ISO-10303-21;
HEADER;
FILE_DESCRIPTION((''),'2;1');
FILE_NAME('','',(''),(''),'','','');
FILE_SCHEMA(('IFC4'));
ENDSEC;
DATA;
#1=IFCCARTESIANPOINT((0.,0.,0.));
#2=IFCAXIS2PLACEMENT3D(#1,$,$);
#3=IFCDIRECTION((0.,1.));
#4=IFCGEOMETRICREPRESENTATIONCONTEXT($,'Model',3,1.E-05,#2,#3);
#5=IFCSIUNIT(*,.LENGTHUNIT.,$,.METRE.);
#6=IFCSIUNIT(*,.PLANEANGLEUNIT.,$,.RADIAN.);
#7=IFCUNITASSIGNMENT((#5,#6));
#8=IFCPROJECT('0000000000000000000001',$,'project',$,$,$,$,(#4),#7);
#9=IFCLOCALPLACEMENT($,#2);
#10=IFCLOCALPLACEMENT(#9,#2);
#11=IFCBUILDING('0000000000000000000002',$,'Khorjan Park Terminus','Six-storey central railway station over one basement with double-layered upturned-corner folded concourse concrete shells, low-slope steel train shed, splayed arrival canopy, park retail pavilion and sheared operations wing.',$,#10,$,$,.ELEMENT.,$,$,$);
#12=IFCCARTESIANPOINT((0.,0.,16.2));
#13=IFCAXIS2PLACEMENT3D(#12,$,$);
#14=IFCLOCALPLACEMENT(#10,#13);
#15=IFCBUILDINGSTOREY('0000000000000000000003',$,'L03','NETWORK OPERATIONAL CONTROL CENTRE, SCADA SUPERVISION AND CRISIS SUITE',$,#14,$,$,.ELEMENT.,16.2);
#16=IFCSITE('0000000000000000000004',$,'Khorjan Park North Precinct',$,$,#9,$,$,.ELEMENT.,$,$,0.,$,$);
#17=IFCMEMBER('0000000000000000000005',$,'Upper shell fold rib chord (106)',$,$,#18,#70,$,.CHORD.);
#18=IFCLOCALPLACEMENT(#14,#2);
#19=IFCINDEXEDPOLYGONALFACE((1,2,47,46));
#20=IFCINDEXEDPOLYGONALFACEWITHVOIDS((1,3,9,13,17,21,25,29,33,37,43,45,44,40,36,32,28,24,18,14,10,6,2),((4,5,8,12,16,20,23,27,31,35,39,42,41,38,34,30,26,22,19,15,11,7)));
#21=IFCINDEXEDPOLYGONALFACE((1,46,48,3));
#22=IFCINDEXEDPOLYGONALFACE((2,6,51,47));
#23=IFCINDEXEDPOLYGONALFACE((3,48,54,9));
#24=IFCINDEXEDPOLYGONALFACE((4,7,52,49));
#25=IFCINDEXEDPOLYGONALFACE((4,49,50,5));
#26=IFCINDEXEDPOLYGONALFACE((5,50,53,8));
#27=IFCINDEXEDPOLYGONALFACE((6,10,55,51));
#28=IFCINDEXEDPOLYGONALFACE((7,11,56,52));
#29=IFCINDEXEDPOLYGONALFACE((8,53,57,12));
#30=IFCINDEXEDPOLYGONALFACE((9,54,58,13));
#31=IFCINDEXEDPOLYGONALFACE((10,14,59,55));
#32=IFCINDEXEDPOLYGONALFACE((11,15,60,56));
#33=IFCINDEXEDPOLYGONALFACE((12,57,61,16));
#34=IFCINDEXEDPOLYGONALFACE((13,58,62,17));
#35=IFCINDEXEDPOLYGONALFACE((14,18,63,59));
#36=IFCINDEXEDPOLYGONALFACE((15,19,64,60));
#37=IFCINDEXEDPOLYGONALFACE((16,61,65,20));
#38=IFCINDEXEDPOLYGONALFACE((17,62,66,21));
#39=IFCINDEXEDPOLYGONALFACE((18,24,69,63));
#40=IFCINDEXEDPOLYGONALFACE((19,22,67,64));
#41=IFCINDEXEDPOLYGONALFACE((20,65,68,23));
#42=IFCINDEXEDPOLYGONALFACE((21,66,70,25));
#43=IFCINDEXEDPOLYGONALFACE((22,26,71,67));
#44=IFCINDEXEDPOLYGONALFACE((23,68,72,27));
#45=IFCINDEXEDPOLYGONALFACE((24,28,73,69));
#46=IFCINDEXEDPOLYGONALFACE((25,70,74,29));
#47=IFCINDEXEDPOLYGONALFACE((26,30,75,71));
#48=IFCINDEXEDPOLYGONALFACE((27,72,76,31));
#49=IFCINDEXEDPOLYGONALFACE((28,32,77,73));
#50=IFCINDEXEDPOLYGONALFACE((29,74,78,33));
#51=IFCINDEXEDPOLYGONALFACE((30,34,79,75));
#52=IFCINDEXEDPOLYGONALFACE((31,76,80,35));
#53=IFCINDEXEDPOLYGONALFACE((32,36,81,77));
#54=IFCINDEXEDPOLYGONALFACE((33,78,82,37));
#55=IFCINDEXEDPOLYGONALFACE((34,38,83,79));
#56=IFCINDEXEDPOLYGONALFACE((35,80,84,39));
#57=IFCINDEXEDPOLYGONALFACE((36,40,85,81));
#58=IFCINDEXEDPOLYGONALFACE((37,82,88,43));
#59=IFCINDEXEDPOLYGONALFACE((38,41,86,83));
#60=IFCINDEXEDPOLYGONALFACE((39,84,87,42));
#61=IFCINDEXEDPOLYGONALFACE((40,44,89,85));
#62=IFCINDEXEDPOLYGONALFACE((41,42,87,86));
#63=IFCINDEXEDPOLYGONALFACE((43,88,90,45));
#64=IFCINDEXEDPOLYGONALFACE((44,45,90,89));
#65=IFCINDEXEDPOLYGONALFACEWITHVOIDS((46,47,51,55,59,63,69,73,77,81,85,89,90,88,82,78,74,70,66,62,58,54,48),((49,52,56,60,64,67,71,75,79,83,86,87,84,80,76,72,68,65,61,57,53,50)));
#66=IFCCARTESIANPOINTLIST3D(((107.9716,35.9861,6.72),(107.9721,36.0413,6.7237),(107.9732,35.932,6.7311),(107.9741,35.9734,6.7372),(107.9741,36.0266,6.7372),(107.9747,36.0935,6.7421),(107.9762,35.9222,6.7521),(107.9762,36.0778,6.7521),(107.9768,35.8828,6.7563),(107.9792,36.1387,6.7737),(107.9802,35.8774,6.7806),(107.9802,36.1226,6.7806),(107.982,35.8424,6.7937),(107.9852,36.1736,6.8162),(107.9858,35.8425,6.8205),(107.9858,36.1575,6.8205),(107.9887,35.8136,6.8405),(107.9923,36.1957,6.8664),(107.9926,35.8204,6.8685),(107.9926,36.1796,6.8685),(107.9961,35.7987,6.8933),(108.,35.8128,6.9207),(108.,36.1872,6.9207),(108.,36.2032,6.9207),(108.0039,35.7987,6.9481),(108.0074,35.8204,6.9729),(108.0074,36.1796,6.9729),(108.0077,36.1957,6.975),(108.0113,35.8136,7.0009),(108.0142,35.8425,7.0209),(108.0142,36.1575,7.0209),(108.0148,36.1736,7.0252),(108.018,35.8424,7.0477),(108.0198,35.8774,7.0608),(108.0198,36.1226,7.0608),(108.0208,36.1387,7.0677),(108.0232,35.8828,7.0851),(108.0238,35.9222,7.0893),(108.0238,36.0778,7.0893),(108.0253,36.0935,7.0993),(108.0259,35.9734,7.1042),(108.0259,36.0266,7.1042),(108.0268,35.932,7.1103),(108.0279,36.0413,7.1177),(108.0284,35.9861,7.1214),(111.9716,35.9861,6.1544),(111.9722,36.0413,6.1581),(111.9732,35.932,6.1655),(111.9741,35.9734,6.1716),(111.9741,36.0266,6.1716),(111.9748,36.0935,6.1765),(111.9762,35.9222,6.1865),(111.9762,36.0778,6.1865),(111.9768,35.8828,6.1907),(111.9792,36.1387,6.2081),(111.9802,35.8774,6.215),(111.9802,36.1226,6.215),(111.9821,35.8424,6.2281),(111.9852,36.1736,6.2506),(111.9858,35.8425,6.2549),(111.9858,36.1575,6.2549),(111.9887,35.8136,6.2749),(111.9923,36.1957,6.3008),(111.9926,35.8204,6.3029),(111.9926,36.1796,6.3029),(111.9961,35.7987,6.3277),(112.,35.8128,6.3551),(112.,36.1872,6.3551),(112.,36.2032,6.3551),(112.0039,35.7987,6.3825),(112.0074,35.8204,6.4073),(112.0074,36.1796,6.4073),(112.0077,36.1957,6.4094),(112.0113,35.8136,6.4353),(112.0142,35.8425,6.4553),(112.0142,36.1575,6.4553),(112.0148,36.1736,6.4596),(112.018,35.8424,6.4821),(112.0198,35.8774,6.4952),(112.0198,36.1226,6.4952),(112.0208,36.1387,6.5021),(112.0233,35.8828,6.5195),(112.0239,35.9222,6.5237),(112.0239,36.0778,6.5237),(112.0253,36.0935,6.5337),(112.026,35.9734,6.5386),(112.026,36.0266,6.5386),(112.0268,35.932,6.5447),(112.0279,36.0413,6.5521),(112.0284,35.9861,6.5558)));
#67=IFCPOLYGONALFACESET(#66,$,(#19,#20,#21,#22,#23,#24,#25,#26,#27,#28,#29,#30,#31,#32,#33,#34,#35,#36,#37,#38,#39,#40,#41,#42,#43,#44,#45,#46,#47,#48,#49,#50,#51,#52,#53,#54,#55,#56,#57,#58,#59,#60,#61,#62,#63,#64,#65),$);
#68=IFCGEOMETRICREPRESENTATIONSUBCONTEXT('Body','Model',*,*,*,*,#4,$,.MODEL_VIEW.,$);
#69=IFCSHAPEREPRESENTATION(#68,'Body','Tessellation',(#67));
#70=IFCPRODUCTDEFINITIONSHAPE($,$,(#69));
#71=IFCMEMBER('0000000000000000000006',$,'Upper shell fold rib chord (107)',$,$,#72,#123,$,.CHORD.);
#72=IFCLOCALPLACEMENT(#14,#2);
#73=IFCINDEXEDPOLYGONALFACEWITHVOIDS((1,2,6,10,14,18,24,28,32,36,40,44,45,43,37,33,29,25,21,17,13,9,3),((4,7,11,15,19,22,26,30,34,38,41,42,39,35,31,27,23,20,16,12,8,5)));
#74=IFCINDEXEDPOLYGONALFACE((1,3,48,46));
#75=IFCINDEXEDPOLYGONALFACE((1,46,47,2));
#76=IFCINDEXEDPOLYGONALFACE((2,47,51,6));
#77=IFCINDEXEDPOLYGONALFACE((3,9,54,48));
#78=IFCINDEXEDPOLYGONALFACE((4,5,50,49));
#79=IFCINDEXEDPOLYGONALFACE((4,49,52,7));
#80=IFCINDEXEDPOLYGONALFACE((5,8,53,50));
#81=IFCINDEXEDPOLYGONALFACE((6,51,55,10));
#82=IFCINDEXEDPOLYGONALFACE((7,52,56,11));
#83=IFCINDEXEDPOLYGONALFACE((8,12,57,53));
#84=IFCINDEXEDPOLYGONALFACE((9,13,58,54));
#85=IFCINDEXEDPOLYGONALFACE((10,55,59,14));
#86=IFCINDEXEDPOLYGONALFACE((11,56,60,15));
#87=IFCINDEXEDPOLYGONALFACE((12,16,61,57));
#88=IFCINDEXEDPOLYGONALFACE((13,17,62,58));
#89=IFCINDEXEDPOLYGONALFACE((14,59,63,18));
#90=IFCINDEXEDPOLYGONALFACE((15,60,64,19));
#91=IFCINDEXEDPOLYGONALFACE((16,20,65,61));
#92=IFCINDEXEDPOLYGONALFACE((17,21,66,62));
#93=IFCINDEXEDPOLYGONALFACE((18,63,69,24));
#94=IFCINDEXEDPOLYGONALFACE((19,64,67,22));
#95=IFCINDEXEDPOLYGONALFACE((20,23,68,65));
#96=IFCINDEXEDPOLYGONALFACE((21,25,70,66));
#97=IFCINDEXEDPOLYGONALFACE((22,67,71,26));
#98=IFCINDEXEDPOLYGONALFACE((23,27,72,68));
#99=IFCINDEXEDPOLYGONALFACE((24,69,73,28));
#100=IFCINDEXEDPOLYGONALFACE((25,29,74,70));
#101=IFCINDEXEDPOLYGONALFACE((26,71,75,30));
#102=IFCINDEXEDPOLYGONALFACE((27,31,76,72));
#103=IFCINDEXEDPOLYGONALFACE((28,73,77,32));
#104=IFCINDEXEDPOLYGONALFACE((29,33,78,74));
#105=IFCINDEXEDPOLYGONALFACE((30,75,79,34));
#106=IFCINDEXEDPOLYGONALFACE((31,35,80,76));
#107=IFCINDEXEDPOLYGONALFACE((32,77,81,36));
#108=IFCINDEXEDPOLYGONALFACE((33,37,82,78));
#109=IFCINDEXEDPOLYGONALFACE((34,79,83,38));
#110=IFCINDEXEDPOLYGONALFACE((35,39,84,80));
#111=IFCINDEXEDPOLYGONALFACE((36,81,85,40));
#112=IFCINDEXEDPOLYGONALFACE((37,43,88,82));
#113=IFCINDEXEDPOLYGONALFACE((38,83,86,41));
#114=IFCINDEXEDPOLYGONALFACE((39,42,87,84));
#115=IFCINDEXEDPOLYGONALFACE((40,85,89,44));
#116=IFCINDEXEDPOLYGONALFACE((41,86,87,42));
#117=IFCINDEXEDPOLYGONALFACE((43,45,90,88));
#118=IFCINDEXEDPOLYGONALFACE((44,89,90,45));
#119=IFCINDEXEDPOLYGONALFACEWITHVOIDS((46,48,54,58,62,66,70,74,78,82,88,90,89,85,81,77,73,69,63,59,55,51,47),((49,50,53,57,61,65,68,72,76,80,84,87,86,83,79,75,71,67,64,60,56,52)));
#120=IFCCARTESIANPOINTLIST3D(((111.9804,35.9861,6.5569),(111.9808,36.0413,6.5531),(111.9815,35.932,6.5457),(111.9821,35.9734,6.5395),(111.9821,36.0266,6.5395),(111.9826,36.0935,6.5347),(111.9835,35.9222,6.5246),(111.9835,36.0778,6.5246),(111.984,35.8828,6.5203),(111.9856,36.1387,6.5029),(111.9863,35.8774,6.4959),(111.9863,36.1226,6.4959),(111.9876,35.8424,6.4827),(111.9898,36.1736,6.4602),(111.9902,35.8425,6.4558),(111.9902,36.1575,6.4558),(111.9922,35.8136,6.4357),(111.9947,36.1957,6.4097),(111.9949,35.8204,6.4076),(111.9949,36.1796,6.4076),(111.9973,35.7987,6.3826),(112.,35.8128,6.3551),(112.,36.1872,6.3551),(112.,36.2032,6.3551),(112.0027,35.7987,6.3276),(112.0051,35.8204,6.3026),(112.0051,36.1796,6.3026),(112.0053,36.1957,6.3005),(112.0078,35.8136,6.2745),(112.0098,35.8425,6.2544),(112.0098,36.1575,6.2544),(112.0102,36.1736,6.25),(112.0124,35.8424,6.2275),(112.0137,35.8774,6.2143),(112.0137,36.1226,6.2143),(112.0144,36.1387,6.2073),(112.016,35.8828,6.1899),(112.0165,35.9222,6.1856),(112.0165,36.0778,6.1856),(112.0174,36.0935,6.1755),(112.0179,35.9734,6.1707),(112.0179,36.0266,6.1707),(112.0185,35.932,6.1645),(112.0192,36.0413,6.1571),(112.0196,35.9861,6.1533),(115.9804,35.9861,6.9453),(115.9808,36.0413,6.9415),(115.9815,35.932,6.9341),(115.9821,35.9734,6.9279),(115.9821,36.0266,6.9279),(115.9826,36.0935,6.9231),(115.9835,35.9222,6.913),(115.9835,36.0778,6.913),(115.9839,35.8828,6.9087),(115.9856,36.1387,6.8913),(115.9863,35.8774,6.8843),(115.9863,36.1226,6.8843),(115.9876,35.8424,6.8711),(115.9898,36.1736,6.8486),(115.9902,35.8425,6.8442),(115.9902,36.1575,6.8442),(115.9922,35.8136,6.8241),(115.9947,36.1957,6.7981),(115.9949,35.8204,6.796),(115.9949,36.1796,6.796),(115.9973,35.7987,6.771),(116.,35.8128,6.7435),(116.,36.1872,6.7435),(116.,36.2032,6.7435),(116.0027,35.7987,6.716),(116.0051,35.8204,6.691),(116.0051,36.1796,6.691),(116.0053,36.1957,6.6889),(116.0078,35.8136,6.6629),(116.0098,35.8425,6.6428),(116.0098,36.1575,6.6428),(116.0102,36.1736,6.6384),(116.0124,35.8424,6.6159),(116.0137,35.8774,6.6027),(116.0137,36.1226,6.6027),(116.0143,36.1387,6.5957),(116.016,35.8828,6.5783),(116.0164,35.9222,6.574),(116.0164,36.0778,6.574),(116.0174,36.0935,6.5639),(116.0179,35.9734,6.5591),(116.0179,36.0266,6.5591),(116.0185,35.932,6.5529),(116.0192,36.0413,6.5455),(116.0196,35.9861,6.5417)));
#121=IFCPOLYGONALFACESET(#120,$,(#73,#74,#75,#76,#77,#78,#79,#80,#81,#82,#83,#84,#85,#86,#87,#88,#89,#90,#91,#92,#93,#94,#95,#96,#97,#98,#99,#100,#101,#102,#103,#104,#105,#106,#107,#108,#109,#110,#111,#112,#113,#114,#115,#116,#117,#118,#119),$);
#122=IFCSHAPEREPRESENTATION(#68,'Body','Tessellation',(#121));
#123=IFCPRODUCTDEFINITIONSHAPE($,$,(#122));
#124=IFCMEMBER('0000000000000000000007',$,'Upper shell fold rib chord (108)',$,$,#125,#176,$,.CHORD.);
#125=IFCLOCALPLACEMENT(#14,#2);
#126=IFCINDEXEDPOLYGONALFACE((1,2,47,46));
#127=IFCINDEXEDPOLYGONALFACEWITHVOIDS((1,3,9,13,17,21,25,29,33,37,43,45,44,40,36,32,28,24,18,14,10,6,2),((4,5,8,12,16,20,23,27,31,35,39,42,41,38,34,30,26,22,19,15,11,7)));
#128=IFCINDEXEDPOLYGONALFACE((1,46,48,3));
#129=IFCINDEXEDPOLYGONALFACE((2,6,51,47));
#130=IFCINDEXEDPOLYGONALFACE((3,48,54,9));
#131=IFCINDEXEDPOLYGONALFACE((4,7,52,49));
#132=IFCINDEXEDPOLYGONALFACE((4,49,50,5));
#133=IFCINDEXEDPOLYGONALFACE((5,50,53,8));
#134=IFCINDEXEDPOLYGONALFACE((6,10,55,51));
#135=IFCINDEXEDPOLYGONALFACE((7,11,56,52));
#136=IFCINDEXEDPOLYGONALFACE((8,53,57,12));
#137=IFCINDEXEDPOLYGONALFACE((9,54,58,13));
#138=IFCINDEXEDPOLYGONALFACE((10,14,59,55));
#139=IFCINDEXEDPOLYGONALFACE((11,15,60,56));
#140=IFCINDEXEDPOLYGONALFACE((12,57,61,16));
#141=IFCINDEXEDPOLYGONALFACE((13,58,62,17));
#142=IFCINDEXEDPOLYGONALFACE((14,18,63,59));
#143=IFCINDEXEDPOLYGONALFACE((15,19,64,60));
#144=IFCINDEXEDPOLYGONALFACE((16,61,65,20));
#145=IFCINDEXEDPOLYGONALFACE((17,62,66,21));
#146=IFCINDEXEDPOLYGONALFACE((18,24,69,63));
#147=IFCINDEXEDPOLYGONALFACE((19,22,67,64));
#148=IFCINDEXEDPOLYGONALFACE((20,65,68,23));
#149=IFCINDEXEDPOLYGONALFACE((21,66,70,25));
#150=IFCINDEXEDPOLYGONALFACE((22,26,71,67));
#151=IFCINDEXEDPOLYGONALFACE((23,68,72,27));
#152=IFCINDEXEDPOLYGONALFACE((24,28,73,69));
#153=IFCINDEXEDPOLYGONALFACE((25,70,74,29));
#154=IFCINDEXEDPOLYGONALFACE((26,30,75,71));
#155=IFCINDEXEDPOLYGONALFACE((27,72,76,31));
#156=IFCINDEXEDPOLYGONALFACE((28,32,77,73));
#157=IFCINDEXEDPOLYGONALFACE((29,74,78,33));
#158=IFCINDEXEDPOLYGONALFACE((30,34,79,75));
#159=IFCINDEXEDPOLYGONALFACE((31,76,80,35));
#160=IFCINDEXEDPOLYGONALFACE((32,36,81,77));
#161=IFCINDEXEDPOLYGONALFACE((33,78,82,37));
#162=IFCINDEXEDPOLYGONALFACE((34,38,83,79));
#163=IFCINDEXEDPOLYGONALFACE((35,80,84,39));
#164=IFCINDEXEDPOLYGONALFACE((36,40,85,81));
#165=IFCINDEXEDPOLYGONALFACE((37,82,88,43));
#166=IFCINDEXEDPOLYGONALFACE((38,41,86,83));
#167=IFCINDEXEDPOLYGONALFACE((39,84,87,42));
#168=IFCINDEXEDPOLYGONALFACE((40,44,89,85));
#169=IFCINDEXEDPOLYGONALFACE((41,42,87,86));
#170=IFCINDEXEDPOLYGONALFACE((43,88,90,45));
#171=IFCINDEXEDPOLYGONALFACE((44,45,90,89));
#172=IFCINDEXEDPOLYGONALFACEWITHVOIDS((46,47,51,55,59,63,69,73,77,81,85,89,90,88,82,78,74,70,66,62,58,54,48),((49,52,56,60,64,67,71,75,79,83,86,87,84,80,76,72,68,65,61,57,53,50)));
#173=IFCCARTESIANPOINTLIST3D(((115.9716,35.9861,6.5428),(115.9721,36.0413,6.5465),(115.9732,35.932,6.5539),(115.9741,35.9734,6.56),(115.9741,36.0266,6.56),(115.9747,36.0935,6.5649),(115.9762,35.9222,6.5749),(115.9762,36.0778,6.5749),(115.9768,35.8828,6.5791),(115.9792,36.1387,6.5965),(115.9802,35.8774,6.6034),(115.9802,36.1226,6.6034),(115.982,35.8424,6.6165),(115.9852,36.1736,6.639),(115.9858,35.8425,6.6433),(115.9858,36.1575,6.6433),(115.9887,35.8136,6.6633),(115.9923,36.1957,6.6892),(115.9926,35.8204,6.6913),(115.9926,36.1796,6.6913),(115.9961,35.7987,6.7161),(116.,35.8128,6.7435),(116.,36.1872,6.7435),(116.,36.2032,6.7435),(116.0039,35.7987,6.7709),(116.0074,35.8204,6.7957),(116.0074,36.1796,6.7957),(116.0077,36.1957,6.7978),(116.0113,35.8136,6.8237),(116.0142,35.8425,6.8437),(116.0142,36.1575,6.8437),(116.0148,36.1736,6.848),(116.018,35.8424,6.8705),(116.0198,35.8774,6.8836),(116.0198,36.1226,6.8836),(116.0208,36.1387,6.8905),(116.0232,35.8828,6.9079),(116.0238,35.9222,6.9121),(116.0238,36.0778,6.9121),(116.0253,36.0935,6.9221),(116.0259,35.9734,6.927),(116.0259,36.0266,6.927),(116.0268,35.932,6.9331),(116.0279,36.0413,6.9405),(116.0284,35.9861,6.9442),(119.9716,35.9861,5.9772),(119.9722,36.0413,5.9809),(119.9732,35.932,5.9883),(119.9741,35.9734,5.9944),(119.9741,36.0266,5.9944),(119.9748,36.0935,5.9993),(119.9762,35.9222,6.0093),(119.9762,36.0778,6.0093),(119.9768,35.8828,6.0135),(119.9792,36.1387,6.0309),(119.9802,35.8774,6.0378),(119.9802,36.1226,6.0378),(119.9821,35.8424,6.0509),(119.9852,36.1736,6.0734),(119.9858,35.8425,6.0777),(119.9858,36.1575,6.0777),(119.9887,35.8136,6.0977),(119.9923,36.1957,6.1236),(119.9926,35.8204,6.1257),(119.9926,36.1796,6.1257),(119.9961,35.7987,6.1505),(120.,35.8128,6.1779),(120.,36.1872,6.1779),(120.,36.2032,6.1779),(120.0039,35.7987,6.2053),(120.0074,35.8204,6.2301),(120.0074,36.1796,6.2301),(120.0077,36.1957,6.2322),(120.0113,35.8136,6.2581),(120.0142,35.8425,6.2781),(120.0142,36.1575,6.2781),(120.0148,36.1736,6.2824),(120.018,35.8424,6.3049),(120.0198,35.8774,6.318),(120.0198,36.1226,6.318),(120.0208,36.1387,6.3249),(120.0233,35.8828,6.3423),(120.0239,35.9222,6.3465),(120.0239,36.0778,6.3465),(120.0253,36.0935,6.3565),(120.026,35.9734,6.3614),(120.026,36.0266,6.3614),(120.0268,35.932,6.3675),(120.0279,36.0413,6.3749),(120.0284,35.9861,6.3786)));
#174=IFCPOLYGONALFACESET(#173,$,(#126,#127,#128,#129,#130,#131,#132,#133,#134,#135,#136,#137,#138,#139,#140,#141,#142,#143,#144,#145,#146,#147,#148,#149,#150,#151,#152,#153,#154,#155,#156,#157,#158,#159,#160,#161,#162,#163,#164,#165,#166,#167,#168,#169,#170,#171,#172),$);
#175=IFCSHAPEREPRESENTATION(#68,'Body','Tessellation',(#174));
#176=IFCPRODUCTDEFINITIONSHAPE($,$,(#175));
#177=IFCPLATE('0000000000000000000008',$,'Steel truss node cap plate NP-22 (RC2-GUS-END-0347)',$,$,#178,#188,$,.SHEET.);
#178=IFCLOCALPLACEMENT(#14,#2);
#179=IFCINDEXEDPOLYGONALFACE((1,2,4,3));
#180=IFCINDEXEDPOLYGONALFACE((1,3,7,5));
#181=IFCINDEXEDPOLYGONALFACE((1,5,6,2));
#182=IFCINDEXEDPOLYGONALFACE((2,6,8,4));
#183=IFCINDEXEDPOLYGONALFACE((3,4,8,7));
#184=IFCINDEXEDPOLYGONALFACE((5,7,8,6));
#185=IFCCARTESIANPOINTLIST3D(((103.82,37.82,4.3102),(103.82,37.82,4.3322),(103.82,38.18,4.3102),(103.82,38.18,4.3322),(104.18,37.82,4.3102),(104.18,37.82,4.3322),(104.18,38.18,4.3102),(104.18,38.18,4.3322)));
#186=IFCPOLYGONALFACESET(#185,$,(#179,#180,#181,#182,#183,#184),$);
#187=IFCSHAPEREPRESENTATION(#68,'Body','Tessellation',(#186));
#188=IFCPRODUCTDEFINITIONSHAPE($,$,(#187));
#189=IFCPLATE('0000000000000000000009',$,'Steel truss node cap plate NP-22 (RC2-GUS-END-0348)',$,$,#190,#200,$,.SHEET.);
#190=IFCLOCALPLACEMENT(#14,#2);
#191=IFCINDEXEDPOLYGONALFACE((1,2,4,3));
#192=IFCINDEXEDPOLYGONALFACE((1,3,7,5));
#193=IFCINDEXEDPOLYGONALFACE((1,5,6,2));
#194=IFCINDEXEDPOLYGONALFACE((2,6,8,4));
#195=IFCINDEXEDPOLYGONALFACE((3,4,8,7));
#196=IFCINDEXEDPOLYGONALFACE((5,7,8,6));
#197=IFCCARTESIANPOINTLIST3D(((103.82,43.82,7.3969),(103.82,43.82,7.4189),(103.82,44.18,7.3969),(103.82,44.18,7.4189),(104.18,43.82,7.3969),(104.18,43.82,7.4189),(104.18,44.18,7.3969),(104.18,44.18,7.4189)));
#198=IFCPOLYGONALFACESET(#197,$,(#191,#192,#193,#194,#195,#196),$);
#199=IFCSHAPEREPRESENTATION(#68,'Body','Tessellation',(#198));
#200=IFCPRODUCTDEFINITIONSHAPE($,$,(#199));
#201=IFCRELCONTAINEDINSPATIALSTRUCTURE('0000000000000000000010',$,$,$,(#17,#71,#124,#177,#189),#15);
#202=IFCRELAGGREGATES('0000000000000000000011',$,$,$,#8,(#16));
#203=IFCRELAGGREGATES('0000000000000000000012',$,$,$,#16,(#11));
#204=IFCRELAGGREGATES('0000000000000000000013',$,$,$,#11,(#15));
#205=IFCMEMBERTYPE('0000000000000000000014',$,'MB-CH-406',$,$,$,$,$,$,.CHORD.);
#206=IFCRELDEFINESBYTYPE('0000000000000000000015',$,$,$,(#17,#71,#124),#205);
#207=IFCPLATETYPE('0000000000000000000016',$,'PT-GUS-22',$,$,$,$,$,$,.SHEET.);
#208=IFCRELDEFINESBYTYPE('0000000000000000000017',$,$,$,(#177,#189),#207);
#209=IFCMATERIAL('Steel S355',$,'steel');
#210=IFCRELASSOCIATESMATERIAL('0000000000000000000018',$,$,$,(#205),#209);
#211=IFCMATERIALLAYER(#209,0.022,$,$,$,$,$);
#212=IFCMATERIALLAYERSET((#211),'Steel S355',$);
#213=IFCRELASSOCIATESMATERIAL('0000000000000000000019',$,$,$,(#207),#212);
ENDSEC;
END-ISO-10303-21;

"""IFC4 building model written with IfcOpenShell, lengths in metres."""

from ifc_helpers import new_model, si_unit, direction, frame, origin, origin_2d, place, context, subcontext, project, spatial, rectangle, hollow_circle, extrude, material, layer, layer_set, material_profile, profile_set, type_object, element, save


model = new_model("IFC4")

# Units and contexts
model_context = context("Model", 3, precision=1e-05, world=origin(), true_north=direction((0.0, 1.0)))
body_context = subcontext(model_context, "Body", "Model", "MODEL_VIEW")
ifc_project = project(units=[si_unit("LENGTHUNIT", "METRE"), si_unit("PLANEANGLEUNIT", "RADIAN")], contexts=[model_context])

# Site, building, storey
site_placement = place(None, origin())
site = spatial("IfcSite", under=ifc_project, at=site_placement, Name="Khorjan Park North Precinct", CompositionType="ELEMENT", RefElevation=0.0)
building_placement = place(site_placement, origin())
building = spatial("IfcBuilding", under=site, at=building_placement, Name="Khorjan Park Terminus", Description="Six-storey central railway station over one basement with double-layered upturned-corner folded concourse concrete shells, low-slope steel train shed, splayed arrival canopy, park retail pavilion and sheared operations wing.", CompositionType="ELEMENT")
storey_placement = place(building_placement, frame((0.0, 0.0, 16.2)))
storey = spatial("IfcBuildingStorey", under=building, at=storey_placement, Name="L03", Description="NETWORK OPERATIONAL CONTROL CENTRE, SCADA SUPERVISION AND CRISIS SUITE", CompositionType="ELEMENT", Elevation=16.2)

# Members
ifc_material = material(Name="Steel S355", Category="steel")
ifc_material_profile_1 = material_profile(ifc_material, hollow_circle(Radius=0.2032, WallThickness=0.016, at=origin_2d()), Name="CHS 406.4x16")
ifc_profile_set_1 = profile_set([ifc_material_profile_1], Name="Steel S355")
member_type_1 = type_object("IfcMemberType", Name="MB-CH-406", PredefinedType="CHORD", material=ifc_profile_set_1)
member_1_placement = place(storey_placement, frame((108.0, 36.0, 6.9207), z_axis=(0.99015, 0.0, -0.140007), x_axis=(0.0, 1.0, 0.0)))
element("IfcMember", 1, at=member_1_placement, inside=storey, type_object=member_type_1, Name="Upper shell fold rib chord (106)", PredefinedType="CHORD", context=body_context, shape_type="SweptSolid", body=[
    extrude(hollow_circle(Radius=0.2032, WallThickness=0.016, at=origin_2d()), origin(), (0.0, 0.0, 1.0), 4.0398),
])
member_2_placement = place(storey_placement, frame((112.0, 36.0, 6.3551), z_axis=(0.995319, 0.0, 0.096645), x_axis=(0.0, 1.0, 0.0)))
element("IfcMember", 2, at=member_2_placement, inside=storey, type_object=member_type_1, Name="Upper shell fold rib chord (107)", PredefinedType="CHORD", context=body_context, shape_type="SweptSolid", body=[
    extrude(hollow_circle(Radius=0.2032, WallThickness=0.016, at=origin_2d()), origin(), (0.0, 0.0, 1.0), 4.0188),
])
member_3_placement = place(storey_placement, frame((116.0, 36.0, 6.7435), z_axis=(0.99015, 0.0, -0.140007), x_axis=(0.0, 1.0, 0.0)))
element("IfcMember", 3, at=member_3_placement, inside=storey, type_object=member_type_1, Name="Upper shell fold rib chord (108)", PredefinedType="CHORD", context=body_context, shape_type="SweptSolid", body=[
    extrude(hollow_circle(Radius=0.2032, WallThickness=0.016, at=origin_2d()), origin(), (0.0, 0.0, 1.0), 4.0398),
])

# Plates
ifc_layer = layer(ifc_material, 0.022)
ifc_layer_set = layer_set([ifc_layer], Name="Steel S355")
plate_type = type_object("IfcPlateType", Name="PT-GUS-22", PredefinedType="SHEET", material=ifc_layer_set)
for number, where, z_axis, x_axis, name in (
    (4, (104.0, 38.0, 4.3102), (0.0, 0.0, 1.0), (1.0, 0.0, 0.0), "Steel truss node cap plate NP-22 (RC2-GUS-END-0347)"),
    (5, (104.0, 44.0, 7.3969), (0.0, 0.0, 1.0), (1.0, 0.0, 0.0), "Steel truss node cap plate NP-22 (RC2-GUS-END-0348)"),
):
    element("IfcPlate", number, at=place(storey_placement, frame(where, z_axis=z_axis, x_axis=x_axis)), inside=storey, type_object=plate_type, Name=name, PredefinedType="SHEET", context=body_context, shape_type="SweptSolid", body=[
        extrude(rectangle(XDim=0.36, YDim=0.36, at=origin_2d()), origin(), (0.0, 0.0, 1.0), 0.022),
    ])

save(model, "model.ifc")
